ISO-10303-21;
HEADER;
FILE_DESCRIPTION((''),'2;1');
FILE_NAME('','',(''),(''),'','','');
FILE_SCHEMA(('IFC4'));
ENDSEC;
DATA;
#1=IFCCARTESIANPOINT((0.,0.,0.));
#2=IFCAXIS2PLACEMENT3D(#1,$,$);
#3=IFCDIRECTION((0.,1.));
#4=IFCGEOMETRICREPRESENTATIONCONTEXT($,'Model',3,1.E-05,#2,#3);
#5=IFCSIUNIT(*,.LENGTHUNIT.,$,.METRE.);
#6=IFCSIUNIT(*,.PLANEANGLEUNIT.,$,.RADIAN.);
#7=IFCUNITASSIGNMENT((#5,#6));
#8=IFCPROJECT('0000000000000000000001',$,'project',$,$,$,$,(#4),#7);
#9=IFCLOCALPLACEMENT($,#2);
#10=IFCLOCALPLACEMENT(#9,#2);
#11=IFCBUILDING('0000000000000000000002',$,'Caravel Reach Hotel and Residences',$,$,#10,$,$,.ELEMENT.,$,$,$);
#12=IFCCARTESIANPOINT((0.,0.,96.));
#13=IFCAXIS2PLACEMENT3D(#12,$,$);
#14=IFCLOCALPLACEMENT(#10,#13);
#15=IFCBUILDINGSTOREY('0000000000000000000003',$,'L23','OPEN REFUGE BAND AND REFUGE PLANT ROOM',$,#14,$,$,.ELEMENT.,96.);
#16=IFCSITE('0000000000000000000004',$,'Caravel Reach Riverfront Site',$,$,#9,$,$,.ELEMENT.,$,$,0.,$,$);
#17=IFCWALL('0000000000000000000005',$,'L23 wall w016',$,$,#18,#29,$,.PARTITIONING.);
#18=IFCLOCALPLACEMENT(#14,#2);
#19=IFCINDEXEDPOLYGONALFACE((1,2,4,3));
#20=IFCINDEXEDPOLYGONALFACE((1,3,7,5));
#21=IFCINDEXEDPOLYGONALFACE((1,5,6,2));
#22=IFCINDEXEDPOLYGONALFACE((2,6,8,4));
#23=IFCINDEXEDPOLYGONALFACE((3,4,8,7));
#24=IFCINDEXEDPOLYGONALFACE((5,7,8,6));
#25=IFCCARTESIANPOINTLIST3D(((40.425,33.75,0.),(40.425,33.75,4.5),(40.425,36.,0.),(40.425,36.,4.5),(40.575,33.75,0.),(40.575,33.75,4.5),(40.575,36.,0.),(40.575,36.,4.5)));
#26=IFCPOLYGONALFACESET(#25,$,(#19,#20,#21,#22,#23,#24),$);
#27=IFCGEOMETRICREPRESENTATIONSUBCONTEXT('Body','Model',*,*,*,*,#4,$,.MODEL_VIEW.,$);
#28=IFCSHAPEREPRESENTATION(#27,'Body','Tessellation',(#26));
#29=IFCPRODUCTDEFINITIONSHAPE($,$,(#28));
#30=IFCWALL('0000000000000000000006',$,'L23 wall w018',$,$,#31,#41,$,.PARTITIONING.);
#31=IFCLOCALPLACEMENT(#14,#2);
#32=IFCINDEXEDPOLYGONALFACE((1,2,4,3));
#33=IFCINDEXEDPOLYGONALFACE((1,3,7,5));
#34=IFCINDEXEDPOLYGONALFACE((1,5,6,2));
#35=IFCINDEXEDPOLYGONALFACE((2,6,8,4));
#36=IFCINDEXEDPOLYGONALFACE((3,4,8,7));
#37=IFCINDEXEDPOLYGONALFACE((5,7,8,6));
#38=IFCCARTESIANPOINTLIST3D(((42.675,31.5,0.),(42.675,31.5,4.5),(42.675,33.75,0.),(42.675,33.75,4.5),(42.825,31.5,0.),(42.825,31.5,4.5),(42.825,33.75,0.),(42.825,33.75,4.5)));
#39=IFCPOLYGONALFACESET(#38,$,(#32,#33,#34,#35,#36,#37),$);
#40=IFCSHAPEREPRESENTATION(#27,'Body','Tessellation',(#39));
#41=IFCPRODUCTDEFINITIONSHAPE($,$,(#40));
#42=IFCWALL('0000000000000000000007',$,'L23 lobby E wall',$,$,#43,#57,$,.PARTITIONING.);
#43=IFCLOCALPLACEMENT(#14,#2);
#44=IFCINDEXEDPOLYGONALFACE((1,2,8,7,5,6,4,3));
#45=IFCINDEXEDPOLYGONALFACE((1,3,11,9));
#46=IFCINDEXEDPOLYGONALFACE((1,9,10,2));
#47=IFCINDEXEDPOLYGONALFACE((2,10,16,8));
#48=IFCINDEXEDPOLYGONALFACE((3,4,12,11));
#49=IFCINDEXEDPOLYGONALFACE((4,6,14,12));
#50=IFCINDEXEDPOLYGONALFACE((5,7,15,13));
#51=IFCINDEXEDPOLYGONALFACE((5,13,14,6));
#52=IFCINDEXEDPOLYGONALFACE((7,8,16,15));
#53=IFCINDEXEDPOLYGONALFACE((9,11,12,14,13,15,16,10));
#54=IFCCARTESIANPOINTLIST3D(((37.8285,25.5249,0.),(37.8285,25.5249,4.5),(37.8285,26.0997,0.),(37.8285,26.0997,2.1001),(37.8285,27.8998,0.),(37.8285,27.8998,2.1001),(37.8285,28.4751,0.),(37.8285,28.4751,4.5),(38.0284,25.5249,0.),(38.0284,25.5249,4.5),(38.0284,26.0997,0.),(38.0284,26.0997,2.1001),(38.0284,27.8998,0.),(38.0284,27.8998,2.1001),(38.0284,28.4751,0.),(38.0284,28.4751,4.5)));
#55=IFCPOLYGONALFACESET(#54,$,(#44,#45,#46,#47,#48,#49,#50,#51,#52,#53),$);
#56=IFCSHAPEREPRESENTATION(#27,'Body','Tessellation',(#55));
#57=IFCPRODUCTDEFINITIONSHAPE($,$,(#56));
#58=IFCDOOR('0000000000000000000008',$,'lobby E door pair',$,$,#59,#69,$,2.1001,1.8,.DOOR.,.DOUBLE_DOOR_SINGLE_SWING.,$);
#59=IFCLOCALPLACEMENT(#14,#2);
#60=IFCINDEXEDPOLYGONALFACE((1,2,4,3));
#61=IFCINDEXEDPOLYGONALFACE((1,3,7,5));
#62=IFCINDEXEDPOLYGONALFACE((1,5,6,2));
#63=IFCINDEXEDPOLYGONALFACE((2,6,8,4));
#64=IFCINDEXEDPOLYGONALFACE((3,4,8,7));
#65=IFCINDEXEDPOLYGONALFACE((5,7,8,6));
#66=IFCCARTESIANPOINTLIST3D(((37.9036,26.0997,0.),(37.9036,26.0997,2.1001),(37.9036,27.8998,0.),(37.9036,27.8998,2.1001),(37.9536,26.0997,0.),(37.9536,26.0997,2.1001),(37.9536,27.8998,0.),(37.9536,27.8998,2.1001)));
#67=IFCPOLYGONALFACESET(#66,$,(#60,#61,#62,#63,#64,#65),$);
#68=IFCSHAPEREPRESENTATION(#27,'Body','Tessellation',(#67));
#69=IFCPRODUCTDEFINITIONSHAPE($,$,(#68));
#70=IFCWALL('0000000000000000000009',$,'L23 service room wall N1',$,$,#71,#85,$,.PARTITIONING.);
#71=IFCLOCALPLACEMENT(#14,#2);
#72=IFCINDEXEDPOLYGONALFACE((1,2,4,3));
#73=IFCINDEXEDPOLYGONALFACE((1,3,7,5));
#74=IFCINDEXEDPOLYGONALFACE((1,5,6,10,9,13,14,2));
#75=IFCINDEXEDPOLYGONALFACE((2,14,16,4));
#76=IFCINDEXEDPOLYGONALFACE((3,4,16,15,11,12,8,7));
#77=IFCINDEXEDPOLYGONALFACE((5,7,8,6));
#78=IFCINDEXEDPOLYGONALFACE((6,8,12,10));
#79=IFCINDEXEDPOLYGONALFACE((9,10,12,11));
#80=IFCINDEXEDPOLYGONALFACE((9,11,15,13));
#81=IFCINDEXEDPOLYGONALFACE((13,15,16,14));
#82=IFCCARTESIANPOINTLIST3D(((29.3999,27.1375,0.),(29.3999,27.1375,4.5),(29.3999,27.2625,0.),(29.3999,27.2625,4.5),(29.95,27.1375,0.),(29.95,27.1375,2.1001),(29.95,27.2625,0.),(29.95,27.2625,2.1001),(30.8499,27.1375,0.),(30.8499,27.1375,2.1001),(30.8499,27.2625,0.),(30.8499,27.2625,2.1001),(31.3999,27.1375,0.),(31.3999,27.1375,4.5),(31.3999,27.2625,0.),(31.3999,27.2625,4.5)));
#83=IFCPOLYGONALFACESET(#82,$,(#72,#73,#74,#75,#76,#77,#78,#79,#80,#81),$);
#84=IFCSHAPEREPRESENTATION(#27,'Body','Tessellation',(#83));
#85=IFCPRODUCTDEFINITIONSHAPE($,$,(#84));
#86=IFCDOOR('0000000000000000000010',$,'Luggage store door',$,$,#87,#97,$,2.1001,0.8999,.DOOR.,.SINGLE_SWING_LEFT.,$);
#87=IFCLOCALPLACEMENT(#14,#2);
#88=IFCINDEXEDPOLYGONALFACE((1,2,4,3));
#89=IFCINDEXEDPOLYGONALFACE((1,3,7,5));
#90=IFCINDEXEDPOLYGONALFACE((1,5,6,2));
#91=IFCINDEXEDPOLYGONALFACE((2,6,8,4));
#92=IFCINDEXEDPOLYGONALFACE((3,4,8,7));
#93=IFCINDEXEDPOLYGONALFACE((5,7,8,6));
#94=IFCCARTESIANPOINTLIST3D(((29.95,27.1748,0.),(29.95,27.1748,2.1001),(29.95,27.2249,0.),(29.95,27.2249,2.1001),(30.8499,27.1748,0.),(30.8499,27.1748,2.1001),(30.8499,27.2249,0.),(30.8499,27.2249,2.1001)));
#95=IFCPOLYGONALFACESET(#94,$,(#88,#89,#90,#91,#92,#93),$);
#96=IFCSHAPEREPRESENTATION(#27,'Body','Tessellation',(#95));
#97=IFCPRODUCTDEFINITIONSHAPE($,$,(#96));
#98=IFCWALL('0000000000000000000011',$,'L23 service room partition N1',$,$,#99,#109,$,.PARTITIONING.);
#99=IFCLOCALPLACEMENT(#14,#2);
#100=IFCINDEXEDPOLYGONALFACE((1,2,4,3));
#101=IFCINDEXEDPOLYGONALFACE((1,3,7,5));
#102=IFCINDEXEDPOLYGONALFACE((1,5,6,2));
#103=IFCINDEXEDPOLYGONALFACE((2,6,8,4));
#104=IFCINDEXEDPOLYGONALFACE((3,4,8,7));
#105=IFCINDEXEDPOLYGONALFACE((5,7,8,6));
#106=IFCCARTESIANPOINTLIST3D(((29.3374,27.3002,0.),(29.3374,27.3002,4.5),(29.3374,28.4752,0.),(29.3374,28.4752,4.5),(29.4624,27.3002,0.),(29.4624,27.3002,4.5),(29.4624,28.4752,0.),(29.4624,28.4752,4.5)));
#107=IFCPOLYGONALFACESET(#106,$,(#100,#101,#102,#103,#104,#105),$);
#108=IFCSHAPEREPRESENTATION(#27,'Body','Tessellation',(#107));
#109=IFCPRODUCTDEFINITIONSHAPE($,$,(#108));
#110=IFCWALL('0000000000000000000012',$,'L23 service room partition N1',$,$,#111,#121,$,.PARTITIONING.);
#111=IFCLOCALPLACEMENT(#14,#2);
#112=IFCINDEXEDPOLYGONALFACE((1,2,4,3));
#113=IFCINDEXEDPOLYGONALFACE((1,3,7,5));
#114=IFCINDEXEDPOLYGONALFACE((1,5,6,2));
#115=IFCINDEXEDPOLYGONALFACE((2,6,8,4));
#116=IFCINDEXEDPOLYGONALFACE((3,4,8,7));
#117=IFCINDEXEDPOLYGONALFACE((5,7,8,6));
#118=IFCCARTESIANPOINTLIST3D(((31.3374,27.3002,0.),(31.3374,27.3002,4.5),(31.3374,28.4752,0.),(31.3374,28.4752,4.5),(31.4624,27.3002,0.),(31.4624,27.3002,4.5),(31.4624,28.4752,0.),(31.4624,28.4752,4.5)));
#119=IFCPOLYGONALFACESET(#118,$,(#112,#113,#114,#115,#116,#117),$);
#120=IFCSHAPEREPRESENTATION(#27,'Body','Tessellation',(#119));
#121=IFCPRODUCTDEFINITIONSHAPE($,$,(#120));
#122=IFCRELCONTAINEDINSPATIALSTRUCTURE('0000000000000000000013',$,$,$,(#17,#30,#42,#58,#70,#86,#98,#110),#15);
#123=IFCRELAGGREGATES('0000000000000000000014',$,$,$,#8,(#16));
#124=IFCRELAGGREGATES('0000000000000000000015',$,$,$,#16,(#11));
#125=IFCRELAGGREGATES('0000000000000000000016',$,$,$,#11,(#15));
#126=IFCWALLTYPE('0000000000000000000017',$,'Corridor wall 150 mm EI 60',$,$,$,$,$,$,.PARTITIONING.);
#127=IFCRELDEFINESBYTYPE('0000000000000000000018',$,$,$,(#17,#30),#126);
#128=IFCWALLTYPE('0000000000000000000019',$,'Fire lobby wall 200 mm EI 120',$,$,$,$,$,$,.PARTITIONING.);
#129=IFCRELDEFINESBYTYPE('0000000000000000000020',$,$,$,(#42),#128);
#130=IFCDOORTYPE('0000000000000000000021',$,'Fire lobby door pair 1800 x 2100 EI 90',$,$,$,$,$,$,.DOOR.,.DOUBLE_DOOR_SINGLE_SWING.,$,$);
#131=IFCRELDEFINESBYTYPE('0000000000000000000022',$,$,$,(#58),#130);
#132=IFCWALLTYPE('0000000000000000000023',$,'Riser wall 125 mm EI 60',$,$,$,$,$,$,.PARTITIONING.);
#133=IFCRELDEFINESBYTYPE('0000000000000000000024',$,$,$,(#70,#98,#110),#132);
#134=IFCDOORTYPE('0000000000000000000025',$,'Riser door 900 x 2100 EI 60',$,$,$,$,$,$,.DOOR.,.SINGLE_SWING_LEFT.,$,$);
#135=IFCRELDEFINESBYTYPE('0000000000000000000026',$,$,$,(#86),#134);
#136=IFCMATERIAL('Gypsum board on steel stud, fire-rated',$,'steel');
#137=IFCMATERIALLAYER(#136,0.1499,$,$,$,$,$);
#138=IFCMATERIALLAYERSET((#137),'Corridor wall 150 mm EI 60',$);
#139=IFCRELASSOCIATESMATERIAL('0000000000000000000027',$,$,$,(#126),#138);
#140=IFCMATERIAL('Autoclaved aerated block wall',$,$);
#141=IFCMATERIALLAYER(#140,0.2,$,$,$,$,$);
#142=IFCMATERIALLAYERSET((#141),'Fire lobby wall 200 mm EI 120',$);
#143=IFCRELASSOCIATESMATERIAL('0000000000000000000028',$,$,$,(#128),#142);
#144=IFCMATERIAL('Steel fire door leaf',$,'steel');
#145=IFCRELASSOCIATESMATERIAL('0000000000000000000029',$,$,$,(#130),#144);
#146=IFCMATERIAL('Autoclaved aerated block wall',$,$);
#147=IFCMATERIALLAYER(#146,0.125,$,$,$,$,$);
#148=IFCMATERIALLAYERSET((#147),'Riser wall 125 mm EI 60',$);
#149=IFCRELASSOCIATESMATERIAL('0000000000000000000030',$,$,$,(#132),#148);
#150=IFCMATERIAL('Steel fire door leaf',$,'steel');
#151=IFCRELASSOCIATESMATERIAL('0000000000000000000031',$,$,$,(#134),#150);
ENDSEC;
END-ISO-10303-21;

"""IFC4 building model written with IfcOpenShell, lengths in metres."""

from ifc_helpers import new_model, si_unit, direction, frame, frame_2d, origin, place, context, subcontext, project, spatial, rectangle, extrude, material, layer, layer_set, type_object, element, fill, save


model = new_model("IFC4")

# Units and contexts
model_context = context("Model", 3, precision=1e-05, world=origin(), true_north=direction((0.0, 1.0)))
body_context = subcontext(model_context, "Body", "Model", "MODEL_VIEW")
ifc_project = project(units=[si_unit("LENGTHUNIT", "METRE"), si_unit("PLANEANGLEUNIT", "RADIAN")], contexts=[model_context])

# Site, building, storey
site_placement = place(None, origin())
site = spatial("IfcSite", under=ifc_project, at=site_placement, Name="Caravel Reach Riverfront Site", CompositionType="ELEMENT", RefElevation=0.0)
building_placement = place(site_placement, origin())
building = spatial("IfcBuilding", under=site, at=building_placement, Name="Caravel Reach Hotel and Residences", CompositionType="ELEMENT")
storey_placement = place(building_placement, frame((0.0, 0.0, 96.0)))
storey = spatial("IfcBuildingStorey", under=building, at=storey_placement, Name="L23", Description="OPEN REFUGE BAND AND REFUGE PLANT ROOM", CompositionType="ELEMENT", Elevation=96.0)

# Shared definitions
ifc_material_1 = material(Name="Gypsum board on steel stud, fire-rated", Category="steel")
ifc_layer_1 = layer(ifc_material_1, 0.1499)
ifc_layer_set_1 = layer_set([ifc_layer_1], Name="Corridor wall 150 mm EI 60")
wall_type_1 = type_object("IfcWallType", Name="Corridor wall 150 mm EI 60", PredefinedType="PARTITIONING", material=ifc_layer_set_1)

# Walls
for number, where, z_axis, x_axis, name in (
    (1, (40.5, 33.75, 0.0), (0.0, 0.0, 1.0), (0.0, 1.0, 0.0), "L23 wall w016"),
    (2, (42.75, 31.5, 0.0), (0.0, 0.0, 1.0), (0.0, 1.0, 0.0), "L23 wall w018"),
):
    element("IfcWall", number, at=place(storey_placement, frame(where, z_axis=z_axis, x_axis=x_axis)), inside=storey, type_object=wall_type_1, Name=name, PredefinedType="PARTITIONING", context=body_context, shape_type="SweptSolid", body=[
        extrude(rectangle(XDim=2.25, YDim=0.1499, at=frame_2d((1.125, 0.0))), origin(), (0.0, 0.0, 1.0), 4.5),
    ])

# Walls, openings, doors
ifc_material_2 = material(Name="Autoclaved aerated block wall")
ifc_layer_2 = layer(ifc_material_2, 0.2)
ifc_layer_set_2 = layer_set([ifc_layer_2], Name="Fire lobby wall 200 mm EI 120")
wall_type_2 = type_object("IfcWallType", Name="Fire lobby wall 200 mm EI 120", PredefinedType="PARTITIONING", material=ifc_layer_set_2)
wall_1_placement = place(storey_placement, frame((37.9285, 25.5249, 0.0), z_axis=(0.0, 0.0, 1.0), x_axis=(0.0, 1.0, 0.0)))
wall_1 = element("IfcWall", 3, at=wall_1_placement, inside=storey, type_object=wall_type_2, Name="L23 lobby E wall", PredefinedType="PARTITIONING", context=body_context, shape_type="SweptSolid", body=[
    extrude(rectangle(XDim=2.9502, YDim=0.2, at=frame_2d((1.4751, 0.0))), origin(), (0.0, 0.0, 1.0), 4.5),
])
opening_1_placement = place(wall_1_placement, frame((0.575, 0.0, 0.0)))
opening_1 = element("IfcOpeningElement", 4, at=opening_1_placement, cuts=wall_1, PredefinedType="OPENING", context=body_context, shape_type="SweptSolid", body=[
    extrude(rectangle(XDim=1.8, YDim=2.1001, at=frame_2d((0.8999, 1.05))), frame((0.0, 0.1099, 0.0), z_axis=(0.0, -1.0, 0.0), x_axis=(1.0, 0.0, 0.0)), (0.0, 0.0, 1.0), 0.22),
])
ifc_material_3 = material(Name="Steel fire door leaf", Category="steel")
door_type_1 = type_object("IfcDoorType", Name="Fire lobby door pair 1800 x 2100 EI 90", OperationType="DOUBLE_DOOR_SINGLE_SWING", PredefinedType="DOOR", material=ifc_material_3)
door_1_placement = place(opening_1_placement, origin())
door_1 = element("IfcDoor", 5, at=door_1_placement, inside=storey, type_object=door_type_1, Name="lobby E door pair", OperationType="DOUBLE_DOOR_SINGLE_SWING", OverallHeight=2.1001, OverallWidth=1.8, PredefinedType="DOOR", context=body_context, shape_type="SweptSolid", body=[
    extrude(rectangle(XDim=1.8, YDim=2.1001, at=frame_2d((0.8999, 1.05))), frame((0.0, 0.0249, 0.0), z_axis=(0.0, -1.0, 0.0), x_axis=(1.0, 0.0, 0.0)), (0.0, 0.0, 1.0), 0.05),
])
fill(opening_1, door_1)
ifc_material_4 = material(Name="Autoclaved aerated block wall")
ifc_layer_3 = layer(ifc_material_4, 0.125)
ifc_layer_set_3 = layer_set([ifc_layer_3], Name="Riser wall 125 mm EI 60")
wall_type_3 = type_object("IfcWallType", Name="Riser wall 125 mm EI 60", PredefinedType="PARTITIONING", material=ifc_layer_set_3)
wall_2_placement = place(storey_placement, frame((29.3999, 27.2, 0.0), z_axis=(0.0, 0.0, 1.0), x_axis=(1.0, 0.0, 0.0)))
wall_2 = element("IfcWall", 6, at=wall_2_placement, inside=storey, type_object=wall_type_3, Name="L23 service room wall N1", PredefinedType="PARTITIONING", context=body_context, shape_type="SweptSolid", body=[
    extrude(rectangle(XDim=2.0, YDim=0.125, at=frame_2d((1.0, 0.0))), origin(), (0.0, 0.0, 1.0), 4.5),
])
opening_2_placement = place(wall_2_placement, frame((0.55, 0.0, 0.0)))
opening_2 = element("IfcOpeningElement", 7, at=opening_2_placement, cuts=wall_2, PredefinedType="OPENING", context=body_context, shape_type="SweptSolid", body=[
    extrude(rectangle(XDim=0.8999, YDim=2.1001, at=frame_2d((0.45, 1.05))), frame((0.0, 0.0725, 0.0), z_axis=(0.0, -1.0, 0.0), x_axis=(1.0, 0.0, 0.0)), (0.0, 0.0, 1.0), 0.145),
])
ifc_material_5 = material(Name="Steel fire door leaf", Category="steel")
door_type_2 = type_object("IfcDoorType", Name="Riser door 900 x 2100 EI 60", OperationType="SINGLE_SWING_LEFT", PredefinedType="DOOR", material=ifc_material_5)
door_2_placement = place(opening_2_placement, origin())
door_2 = element("IfcDoor", 8, at=door_2_placement, inside=storey, type_object=door_type_2, Name="Luggage store door", OperationType="SINGLE_SWING_LEFT", OverallHeight=2.1001, OverallWidth=0.8999, PredefinedType="DOOR", context=body_context, shape_type="SweptSolid", body=[
    extrude(rectangle(XDim=0.8999, YDim=2.1001, at=frame_2d((0.45, 1.05))), frame((0.0, 0.0249, 0.0), z_axis=(0.0, -1.0, 0.0), x_axis=(1.0, 0.0, 0.0)), (0.0, 0.0, 1.0), 0.05),
])
fill(opening_2, door_2)

# Walls
for number, where, z_axis, x_axis, name in (
    (9, (29.3999, 28.4751, 0.0), (0.0, 0.0, 1.0), (0.0, -1.0, 0.0), "L23 service room partition N1"),
    (10, (31.3999, 28.4751, 0.0), (0.0, 0.0, 1.0), (0.0, -1.0, 0.0), "L23 service room partition N1"),
):
    element("IfcWall", number, at=place(storey_placement, frame(where, z_axis=z_axis, x_axis=x_axis)), inside=storey, type_object=wall_type_3, Name=name, PredefinedType="PARTITIONING", context=body_context, shape_type="SweptSolid", body=[
        extrude(rectangle(XDim=1.175, YDim=0.125, at=frame_2d((0.5874, 0.0))), origin(), (0.0, 0.0, 1.0), 4.5),
    ])

save(model, "model.ifc")
